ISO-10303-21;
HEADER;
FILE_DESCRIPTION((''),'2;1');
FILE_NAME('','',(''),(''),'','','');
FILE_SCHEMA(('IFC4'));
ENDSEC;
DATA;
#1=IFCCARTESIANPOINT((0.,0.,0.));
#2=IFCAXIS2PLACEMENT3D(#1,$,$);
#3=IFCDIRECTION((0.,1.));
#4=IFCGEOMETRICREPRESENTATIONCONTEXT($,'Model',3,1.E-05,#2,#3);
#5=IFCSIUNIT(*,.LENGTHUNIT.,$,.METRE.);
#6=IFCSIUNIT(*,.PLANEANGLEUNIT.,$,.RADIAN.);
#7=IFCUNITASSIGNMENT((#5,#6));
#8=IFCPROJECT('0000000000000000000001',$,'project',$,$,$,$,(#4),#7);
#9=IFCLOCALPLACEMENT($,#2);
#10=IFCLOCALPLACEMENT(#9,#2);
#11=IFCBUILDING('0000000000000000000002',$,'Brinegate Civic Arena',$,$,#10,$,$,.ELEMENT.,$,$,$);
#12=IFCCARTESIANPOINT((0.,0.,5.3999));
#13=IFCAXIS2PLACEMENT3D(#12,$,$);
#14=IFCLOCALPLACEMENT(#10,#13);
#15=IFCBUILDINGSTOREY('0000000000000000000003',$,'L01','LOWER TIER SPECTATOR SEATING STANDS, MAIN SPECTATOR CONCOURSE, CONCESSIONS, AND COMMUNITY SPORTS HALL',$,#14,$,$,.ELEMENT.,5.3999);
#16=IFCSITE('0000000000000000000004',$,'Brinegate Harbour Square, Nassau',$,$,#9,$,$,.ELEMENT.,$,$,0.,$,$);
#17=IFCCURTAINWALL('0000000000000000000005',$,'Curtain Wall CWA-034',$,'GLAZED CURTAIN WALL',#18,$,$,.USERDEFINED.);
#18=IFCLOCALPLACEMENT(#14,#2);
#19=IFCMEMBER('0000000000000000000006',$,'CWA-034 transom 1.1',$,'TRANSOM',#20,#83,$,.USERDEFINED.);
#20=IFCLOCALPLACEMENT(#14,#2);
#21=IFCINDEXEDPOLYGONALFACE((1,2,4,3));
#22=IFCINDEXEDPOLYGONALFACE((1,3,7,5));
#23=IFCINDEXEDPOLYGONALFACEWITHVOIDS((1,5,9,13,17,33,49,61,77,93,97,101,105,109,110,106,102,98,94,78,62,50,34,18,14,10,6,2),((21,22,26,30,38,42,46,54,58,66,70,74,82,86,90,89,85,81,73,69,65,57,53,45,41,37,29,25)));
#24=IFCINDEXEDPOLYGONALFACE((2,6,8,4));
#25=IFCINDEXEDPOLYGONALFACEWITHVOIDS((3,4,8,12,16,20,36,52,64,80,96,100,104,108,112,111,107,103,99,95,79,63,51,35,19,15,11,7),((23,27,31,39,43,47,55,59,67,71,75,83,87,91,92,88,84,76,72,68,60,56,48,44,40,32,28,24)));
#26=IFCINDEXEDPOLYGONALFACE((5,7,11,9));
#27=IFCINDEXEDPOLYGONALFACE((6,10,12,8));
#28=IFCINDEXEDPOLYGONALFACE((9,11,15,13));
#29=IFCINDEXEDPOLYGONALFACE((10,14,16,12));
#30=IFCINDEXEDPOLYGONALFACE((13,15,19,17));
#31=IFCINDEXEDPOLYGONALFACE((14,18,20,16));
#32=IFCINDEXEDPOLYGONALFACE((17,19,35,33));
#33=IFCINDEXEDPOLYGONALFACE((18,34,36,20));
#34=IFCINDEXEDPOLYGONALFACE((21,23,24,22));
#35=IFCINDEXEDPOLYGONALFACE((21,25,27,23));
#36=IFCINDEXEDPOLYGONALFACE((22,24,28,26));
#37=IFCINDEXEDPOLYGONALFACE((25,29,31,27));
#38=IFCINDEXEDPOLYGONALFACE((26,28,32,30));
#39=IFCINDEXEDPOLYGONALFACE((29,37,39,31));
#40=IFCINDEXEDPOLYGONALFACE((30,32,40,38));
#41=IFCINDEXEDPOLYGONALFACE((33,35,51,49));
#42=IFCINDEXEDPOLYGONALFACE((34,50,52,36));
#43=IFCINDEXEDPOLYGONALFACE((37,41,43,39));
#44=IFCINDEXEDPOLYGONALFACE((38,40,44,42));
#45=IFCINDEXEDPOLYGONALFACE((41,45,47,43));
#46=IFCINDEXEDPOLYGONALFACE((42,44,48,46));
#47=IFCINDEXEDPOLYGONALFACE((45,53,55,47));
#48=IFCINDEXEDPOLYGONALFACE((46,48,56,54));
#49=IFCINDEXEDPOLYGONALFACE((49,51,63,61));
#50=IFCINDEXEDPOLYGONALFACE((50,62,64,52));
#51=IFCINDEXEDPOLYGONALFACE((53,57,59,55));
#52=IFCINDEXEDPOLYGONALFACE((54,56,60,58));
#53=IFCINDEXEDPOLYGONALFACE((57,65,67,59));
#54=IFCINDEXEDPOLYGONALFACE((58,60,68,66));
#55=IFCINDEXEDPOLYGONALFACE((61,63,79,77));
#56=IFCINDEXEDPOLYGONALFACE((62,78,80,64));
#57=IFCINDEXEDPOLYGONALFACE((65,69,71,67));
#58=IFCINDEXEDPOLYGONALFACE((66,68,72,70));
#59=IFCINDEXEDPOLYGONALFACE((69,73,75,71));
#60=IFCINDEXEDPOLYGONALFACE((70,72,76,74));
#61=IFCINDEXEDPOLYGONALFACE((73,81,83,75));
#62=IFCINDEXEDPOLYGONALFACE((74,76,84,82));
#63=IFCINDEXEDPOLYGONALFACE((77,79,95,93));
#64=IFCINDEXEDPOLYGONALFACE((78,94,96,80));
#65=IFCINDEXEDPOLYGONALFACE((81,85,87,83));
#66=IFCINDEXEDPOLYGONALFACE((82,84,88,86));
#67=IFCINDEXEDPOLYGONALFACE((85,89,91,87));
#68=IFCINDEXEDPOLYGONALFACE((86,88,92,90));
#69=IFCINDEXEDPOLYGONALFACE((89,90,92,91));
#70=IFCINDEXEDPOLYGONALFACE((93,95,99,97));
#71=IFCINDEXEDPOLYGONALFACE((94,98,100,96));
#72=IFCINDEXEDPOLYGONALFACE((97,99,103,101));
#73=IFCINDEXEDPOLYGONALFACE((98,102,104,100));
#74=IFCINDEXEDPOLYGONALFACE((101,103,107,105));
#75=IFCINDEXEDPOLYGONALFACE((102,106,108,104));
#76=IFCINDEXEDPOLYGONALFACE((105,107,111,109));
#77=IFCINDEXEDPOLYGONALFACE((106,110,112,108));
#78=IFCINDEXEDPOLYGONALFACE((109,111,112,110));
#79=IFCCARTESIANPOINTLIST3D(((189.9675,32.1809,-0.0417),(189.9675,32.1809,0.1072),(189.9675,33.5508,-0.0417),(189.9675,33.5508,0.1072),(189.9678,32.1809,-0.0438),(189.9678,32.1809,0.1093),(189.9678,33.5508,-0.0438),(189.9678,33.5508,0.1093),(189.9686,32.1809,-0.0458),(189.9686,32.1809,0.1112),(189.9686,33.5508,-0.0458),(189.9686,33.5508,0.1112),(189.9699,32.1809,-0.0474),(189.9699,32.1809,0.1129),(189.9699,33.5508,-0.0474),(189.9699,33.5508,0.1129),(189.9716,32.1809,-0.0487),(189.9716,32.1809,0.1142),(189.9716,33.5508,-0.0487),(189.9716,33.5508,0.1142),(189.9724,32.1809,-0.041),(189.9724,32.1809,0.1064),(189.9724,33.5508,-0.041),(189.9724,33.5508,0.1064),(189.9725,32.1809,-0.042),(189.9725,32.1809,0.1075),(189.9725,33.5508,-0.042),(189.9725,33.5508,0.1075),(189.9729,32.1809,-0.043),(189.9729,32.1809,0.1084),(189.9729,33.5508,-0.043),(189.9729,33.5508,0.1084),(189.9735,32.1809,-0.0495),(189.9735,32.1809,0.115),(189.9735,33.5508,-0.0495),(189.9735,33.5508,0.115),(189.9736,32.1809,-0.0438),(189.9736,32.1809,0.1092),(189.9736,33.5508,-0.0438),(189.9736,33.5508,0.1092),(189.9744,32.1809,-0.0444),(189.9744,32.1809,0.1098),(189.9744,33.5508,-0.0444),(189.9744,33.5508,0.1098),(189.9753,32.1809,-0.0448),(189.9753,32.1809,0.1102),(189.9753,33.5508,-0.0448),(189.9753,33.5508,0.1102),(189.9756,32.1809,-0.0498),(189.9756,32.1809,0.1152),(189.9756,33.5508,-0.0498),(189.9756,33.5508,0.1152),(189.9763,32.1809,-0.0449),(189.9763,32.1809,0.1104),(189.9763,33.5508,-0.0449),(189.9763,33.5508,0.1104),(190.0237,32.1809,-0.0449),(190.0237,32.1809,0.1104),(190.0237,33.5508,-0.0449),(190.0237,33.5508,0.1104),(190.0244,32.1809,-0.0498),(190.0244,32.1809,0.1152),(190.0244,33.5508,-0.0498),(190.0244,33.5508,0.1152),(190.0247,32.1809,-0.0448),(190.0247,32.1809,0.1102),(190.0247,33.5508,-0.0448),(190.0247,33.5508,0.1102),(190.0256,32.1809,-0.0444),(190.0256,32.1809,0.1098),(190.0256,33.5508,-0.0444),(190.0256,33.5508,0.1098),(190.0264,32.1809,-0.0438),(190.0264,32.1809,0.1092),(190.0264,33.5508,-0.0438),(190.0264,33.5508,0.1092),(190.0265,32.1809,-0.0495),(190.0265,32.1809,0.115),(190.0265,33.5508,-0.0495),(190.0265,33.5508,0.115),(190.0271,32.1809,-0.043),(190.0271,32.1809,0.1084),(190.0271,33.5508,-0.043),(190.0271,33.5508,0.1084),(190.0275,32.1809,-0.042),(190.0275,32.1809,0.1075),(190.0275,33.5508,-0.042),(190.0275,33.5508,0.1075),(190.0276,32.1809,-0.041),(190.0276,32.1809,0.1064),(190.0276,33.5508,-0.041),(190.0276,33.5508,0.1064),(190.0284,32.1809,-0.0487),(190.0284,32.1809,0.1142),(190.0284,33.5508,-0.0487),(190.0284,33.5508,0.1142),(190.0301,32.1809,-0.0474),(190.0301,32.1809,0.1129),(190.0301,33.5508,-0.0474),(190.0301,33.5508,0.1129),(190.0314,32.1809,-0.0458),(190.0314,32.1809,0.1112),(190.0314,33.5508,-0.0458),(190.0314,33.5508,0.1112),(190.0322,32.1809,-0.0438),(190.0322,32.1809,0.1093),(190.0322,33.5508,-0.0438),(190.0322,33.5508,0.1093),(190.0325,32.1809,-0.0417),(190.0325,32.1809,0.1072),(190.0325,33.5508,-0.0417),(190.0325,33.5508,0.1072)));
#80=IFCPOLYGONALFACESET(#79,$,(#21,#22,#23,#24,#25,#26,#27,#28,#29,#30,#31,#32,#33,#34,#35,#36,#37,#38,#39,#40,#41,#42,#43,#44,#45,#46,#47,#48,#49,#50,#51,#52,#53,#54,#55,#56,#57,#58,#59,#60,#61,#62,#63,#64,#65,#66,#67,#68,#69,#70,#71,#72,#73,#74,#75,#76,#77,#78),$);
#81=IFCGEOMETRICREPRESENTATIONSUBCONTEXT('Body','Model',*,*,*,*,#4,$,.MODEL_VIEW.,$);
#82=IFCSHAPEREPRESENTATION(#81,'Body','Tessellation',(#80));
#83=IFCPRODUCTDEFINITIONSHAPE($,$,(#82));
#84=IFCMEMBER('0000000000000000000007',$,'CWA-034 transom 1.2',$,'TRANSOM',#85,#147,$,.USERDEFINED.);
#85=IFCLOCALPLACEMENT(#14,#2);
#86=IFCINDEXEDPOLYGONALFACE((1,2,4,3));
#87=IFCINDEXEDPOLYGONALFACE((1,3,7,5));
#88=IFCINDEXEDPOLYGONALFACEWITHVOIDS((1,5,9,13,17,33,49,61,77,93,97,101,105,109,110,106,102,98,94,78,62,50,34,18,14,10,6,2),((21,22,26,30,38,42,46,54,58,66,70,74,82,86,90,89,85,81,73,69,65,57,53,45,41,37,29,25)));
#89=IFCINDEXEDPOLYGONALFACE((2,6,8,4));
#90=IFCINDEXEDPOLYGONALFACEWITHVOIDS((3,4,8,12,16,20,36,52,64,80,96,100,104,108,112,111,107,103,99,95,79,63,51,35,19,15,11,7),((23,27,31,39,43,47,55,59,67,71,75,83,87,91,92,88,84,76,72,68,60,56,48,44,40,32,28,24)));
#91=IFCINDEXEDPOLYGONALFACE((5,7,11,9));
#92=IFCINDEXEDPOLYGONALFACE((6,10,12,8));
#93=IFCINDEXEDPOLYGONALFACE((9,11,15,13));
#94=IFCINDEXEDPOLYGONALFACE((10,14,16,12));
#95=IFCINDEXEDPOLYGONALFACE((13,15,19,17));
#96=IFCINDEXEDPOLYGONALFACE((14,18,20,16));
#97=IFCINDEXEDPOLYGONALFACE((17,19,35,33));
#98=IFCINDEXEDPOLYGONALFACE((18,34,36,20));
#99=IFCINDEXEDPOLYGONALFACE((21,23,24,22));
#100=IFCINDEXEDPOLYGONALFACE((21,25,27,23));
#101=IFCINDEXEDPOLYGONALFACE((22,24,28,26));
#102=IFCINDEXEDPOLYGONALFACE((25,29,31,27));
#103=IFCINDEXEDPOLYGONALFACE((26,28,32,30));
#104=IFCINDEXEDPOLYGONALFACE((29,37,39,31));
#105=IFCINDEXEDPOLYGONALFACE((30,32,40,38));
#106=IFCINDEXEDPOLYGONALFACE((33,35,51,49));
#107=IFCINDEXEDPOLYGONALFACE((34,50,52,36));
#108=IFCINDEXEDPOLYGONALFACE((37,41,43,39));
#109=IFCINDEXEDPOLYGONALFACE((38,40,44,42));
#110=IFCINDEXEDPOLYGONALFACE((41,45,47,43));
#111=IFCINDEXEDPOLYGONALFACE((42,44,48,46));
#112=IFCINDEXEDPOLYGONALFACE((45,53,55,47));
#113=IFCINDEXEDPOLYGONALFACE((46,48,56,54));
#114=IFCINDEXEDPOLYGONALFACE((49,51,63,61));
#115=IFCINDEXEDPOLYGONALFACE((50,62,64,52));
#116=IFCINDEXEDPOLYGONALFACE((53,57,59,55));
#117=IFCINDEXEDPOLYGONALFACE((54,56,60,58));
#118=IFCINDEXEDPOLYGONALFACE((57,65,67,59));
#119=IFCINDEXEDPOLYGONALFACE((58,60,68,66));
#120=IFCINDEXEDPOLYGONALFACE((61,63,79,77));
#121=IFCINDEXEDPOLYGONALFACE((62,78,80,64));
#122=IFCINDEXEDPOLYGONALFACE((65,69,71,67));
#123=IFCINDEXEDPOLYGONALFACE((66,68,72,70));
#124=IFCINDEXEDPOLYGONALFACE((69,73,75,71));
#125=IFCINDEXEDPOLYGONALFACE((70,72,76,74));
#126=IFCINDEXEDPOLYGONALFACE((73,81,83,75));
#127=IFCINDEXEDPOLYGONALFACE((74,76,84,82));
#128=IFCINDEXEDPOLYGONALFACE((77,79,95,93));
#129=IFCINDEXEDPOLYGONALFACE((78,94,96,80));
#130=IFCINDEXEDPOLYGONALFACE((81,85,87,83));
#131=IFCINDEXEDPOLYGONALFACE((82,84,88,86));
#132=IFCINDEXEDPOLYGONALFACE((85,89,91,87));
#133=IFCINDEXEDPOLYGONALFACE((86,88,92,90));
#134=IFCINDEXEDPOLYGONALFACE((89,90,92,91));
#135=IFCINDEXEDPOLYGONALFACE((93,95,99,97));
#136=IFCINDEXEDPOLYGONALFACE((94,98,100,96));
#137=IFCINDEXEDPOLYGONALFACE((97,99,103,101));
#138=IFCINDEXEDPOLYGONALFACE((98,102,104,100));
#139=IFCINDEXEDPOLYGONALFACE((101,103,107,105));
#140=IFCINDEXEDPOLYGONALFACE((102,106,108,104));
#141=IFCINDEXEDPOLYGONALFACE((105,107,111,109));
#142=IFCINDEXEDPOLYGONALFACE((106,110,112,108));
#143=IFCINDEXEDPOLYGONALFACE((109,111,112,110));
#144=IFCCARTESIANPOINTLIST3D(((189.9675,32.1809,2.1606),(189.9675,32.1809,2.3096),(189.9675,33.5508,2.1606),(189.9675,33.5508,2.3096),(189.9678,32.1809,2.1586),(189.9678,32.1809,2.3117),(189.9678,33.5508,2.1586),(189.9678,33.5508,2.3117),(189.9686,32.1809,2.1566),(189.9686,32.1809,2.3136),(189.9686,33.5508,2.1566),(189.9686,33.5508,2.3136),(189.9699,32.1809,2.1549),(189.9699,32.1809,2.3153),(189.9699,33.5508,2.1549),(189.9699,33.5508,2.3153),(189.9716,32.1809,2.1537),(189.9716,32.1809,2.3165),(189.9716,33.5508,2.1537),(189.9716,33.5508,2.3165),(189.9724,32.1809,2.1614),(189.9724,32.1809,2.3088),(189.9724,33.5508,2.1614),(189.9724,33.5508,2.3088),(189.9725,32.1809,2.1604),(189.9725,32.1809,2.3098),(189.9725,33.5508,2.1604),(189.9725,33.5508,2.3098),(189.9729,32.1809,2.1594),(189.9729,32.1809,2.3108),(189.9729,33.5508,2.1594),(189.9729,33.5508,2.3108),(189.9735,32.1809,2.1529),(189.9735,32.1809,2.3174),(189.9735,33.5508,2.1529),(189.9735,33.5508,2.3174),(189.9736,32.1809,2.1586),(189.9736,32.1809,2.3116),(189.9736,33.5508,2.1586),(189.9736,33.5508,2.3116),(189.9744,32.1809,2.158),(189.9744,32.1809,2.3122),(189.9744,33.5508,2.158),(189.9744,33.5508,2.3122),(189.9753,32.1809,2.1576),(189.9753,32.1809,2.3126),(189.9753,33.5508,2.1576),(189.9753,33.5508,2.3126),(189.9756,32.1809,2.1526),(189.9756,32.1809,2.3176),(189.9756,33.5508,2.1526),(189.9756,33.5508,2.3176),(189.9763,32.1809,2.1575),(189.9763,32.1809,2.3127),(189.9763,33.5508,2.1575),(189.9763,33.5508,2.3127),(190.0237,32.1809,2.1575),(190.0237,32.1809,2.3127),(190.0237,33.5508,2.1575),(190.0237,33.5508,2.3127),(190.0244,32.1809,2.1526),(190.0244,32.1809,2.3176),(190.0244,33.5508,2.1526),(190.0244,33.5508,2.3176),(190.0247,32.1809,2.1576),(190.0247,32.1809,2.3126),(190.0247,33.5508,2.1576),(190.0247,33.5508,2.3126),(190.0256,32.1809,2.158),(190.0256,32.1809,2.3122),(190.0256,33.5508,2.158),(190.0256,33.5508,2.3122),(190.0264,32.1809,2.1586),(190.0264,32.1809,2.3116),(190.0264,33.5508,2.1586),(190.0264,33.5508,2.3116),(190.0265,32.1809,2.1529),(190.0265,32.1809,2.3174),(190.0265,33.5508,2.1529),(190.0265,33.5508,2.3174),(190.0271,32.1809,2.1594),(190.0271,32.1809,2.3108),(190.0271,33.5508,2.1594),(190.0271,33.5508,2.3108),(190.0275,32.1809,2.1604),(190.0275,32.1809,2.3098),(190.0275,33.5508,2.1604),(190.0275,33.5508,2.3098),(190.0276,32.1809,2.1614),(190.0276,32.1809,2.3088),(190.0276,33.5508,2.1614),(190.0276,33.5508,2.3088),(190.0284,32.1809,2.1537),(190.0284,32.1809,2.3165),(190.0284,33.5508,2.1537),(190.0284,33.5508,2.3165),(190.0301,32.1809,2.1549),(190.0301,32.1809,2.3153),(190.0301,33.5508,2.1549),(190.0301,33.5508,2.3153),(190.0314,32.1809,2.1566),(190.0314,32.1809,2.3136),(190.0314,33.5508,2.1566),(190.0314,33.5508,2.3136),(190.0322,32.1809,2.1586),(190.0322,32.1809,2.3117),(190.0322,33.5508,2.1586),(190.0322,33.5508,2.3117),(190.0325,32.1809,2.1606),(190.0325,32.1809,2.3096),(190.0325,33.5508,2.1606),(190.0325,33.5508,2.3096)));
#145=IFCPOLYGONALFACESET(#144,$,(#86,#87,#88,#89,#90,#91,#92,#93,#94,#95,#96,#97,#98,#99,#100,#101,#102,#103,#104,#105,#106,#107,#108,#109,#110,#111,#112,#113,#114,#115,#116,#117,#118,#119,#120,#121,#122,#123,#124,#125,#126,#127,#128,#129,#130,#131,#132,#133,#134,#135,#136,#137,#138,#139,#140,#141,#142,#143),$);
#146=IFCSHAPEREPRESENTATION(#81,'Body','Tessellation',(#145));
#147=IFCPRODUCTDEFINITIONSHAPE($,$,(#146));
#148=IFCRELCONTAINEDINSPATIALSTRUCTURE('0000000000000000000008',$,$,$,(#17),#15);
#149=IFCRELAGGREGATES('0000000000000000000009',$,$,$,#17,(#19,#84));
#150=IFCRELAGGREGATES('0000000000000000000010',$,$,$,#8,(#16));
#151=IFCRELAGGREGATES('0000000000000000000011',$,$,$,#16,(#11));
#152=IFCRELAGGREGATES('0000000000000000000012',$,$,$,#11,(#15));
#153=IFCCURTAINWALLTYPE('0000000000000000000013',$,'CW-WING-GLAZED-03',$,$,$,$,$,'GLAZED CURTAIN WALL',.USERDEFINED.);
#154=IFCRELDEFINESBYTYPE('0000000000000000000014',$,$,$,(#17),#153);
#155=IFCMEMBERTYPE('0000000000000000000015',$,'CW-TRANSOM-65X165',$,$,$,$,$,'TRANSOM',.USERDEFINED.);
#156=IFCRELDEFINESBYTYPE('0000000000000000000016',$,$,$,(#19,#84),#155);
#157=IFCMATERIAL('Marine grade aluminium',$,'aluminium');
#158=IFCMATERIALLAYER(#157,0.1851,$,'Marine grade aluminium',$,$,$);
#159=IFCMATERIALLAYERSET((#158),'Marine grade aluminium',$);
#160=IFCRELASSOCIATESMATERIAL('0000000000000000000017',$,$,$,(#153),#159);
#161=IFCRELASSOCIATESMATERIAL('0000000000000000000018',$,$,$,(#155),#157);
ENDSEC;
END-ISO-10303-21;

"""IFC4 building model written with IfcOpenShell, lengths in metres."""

from ifc_helpers import new_model, si_unit, direction, frame, origin, origin_2d, place, context, subcontext, project, spatial, hollow_rectangle, extrude, material, layer, layer_set, material_profile, profile_set, type_object, element, aggregate, save


model = new_model("IFC4")

# Units and contexts
model_context = context("Model", 3, precision=1e-05, world=origin(), true_north=direction((0.0, 1.0)))
body_context = subcontext(model_context, "Body", "Model", "MODEL_VIEW")
ifc_project = project(units=[si_unit("LENGTHUNIT", "METRE"), si_unit("PLANEANGLEUNIT", "RADIAN")], contexts=[model_context])

# Site, building, storey
site_placement = place(None, origin())
site = spatial("IfcSite", under=ifc_project, at=site_placement, Name="Brinegate Harbour Square, Nassau", CompositionType="ELEMENT", RefElevation=0.0)
building_placement = place(site_placement, origin())
building = spatial("IfcBuilding", under=site, at=building_placement, Name="Brinegate Civic Arena", CompositionType="ELEMENT")
storey_placement = place(building_placement, frame((0.0, 0.0, 5.3999)))
storey = spatial("IfcBuildingStorey", under=building, at=storey_placement, Name="L01", Description="LOWER TIER SPECTATOR SEATING STANDS, MAIN SPECTATOR CONCOURSE, CONCESSIONS, AND COMMUNITY SPORTS HALL", CompositionType="ELEMENT", Elevation=5.3999)

# Curtain wall
ifc_material_1 = material(Name="Marine grade aluminium", Category="aluminium")
ifc_layer_1 = layer(ifc_material_1, 0.1851, Name="Marine grade aluminium")
ifc_layer_set_1 = layer_set([ifc_layer_1], Name="Marine grade aluminium")
curtain_wall_type = type_object("IfcCurtainWallType", Name="CW-WING-GLAZED-03", ElementType="GLAZED CURTAIN WALL", PredefinedType="USERDEFINED", material=ifc_layer_set_1)
curtain_wall_1_placement = place(storey_placement, origin())
curtain_wall_1 = element("IfcCurtainWall", 1, at=curtain_wall_1_placement, inside=storey, type_object=curtain_wall_type, Name="Curtain Wall CWA-034", ObjectType="GLAZED CURTAIN WALL", PredefinedType="USERDEFINED")

# Members
ifc_material_profile_1 = material_profile(ifc_material_1, hollow_rectangle(XDim=0.0649, YDim=0.165, WallThickness=0.0049, InnerFilletRadius=0.0039, OuterFilletRadius=0.0081, at=origin_2d()), Name="TRN65X165")
ifc_profile_set_1 = profile_set([ifc_material_profile_1], Name="Marine grade aluminium")
member_type_1 = type_object("IfcMemberType", Name="CW-TRANSOM-65X165", ElementType="TRANSOM", PredefinedType="USERDEFINED", material=ifc_profile_set_1)
member_1_placement = place(storey_placement, frame((190.0, 32.1809, 0.0327), z_axis=(0.0, 1.0, 0.0), x_axis=(-1.0, 0.0, 0.0)))
member_1 = element("IfcMember", 2, at=member_1_placement, type_object=member_type_1, Name="CWA-034 transom 1.1", ObjectType="TRANSOM", PredefinedType="USERDEFINED", context=body_context, shape_type="SweptSolid", body=[
    extrude(hollow_rectangle(XDim=0.0649, YDim=0.165, WallThickness=0.0049, InnerFilletRadius=0.0039, OuterFilletRadius=0.0081, at=origin_2d()), origin(), (0.0, 0.0, 1.0), 1.3699),
])
member_2_placement = place(storey_placement, frame((190.0, 32.1809, 2.2351), z_axis=(0.0, 1.0, 0.0), x_axis=(-1.0, 0.0, 0.0)))
member_2 = element("IfcMember", 3, at=member_2_placement, type_object=member_type_1, Name="CWA-034 transom 1.2", ObjectType="TRANSOM", PredefinedType="USERDEFINED", context=body_context, shape_type="SweptSolid", body=[
    extrude(hollow_rectangle(XDim=0.0649, YDim=0.165, WallThickness=0.0049, InnerFilletRadius=0.0039, OuterFilletRadius=0.0081, at=origin_2d()), origin(), (0.0, 0.0, 1.0), 1.3699),
])

aggregate(curtain_wall_1, [member_1, member_2])

save(model, "model.ifc")
